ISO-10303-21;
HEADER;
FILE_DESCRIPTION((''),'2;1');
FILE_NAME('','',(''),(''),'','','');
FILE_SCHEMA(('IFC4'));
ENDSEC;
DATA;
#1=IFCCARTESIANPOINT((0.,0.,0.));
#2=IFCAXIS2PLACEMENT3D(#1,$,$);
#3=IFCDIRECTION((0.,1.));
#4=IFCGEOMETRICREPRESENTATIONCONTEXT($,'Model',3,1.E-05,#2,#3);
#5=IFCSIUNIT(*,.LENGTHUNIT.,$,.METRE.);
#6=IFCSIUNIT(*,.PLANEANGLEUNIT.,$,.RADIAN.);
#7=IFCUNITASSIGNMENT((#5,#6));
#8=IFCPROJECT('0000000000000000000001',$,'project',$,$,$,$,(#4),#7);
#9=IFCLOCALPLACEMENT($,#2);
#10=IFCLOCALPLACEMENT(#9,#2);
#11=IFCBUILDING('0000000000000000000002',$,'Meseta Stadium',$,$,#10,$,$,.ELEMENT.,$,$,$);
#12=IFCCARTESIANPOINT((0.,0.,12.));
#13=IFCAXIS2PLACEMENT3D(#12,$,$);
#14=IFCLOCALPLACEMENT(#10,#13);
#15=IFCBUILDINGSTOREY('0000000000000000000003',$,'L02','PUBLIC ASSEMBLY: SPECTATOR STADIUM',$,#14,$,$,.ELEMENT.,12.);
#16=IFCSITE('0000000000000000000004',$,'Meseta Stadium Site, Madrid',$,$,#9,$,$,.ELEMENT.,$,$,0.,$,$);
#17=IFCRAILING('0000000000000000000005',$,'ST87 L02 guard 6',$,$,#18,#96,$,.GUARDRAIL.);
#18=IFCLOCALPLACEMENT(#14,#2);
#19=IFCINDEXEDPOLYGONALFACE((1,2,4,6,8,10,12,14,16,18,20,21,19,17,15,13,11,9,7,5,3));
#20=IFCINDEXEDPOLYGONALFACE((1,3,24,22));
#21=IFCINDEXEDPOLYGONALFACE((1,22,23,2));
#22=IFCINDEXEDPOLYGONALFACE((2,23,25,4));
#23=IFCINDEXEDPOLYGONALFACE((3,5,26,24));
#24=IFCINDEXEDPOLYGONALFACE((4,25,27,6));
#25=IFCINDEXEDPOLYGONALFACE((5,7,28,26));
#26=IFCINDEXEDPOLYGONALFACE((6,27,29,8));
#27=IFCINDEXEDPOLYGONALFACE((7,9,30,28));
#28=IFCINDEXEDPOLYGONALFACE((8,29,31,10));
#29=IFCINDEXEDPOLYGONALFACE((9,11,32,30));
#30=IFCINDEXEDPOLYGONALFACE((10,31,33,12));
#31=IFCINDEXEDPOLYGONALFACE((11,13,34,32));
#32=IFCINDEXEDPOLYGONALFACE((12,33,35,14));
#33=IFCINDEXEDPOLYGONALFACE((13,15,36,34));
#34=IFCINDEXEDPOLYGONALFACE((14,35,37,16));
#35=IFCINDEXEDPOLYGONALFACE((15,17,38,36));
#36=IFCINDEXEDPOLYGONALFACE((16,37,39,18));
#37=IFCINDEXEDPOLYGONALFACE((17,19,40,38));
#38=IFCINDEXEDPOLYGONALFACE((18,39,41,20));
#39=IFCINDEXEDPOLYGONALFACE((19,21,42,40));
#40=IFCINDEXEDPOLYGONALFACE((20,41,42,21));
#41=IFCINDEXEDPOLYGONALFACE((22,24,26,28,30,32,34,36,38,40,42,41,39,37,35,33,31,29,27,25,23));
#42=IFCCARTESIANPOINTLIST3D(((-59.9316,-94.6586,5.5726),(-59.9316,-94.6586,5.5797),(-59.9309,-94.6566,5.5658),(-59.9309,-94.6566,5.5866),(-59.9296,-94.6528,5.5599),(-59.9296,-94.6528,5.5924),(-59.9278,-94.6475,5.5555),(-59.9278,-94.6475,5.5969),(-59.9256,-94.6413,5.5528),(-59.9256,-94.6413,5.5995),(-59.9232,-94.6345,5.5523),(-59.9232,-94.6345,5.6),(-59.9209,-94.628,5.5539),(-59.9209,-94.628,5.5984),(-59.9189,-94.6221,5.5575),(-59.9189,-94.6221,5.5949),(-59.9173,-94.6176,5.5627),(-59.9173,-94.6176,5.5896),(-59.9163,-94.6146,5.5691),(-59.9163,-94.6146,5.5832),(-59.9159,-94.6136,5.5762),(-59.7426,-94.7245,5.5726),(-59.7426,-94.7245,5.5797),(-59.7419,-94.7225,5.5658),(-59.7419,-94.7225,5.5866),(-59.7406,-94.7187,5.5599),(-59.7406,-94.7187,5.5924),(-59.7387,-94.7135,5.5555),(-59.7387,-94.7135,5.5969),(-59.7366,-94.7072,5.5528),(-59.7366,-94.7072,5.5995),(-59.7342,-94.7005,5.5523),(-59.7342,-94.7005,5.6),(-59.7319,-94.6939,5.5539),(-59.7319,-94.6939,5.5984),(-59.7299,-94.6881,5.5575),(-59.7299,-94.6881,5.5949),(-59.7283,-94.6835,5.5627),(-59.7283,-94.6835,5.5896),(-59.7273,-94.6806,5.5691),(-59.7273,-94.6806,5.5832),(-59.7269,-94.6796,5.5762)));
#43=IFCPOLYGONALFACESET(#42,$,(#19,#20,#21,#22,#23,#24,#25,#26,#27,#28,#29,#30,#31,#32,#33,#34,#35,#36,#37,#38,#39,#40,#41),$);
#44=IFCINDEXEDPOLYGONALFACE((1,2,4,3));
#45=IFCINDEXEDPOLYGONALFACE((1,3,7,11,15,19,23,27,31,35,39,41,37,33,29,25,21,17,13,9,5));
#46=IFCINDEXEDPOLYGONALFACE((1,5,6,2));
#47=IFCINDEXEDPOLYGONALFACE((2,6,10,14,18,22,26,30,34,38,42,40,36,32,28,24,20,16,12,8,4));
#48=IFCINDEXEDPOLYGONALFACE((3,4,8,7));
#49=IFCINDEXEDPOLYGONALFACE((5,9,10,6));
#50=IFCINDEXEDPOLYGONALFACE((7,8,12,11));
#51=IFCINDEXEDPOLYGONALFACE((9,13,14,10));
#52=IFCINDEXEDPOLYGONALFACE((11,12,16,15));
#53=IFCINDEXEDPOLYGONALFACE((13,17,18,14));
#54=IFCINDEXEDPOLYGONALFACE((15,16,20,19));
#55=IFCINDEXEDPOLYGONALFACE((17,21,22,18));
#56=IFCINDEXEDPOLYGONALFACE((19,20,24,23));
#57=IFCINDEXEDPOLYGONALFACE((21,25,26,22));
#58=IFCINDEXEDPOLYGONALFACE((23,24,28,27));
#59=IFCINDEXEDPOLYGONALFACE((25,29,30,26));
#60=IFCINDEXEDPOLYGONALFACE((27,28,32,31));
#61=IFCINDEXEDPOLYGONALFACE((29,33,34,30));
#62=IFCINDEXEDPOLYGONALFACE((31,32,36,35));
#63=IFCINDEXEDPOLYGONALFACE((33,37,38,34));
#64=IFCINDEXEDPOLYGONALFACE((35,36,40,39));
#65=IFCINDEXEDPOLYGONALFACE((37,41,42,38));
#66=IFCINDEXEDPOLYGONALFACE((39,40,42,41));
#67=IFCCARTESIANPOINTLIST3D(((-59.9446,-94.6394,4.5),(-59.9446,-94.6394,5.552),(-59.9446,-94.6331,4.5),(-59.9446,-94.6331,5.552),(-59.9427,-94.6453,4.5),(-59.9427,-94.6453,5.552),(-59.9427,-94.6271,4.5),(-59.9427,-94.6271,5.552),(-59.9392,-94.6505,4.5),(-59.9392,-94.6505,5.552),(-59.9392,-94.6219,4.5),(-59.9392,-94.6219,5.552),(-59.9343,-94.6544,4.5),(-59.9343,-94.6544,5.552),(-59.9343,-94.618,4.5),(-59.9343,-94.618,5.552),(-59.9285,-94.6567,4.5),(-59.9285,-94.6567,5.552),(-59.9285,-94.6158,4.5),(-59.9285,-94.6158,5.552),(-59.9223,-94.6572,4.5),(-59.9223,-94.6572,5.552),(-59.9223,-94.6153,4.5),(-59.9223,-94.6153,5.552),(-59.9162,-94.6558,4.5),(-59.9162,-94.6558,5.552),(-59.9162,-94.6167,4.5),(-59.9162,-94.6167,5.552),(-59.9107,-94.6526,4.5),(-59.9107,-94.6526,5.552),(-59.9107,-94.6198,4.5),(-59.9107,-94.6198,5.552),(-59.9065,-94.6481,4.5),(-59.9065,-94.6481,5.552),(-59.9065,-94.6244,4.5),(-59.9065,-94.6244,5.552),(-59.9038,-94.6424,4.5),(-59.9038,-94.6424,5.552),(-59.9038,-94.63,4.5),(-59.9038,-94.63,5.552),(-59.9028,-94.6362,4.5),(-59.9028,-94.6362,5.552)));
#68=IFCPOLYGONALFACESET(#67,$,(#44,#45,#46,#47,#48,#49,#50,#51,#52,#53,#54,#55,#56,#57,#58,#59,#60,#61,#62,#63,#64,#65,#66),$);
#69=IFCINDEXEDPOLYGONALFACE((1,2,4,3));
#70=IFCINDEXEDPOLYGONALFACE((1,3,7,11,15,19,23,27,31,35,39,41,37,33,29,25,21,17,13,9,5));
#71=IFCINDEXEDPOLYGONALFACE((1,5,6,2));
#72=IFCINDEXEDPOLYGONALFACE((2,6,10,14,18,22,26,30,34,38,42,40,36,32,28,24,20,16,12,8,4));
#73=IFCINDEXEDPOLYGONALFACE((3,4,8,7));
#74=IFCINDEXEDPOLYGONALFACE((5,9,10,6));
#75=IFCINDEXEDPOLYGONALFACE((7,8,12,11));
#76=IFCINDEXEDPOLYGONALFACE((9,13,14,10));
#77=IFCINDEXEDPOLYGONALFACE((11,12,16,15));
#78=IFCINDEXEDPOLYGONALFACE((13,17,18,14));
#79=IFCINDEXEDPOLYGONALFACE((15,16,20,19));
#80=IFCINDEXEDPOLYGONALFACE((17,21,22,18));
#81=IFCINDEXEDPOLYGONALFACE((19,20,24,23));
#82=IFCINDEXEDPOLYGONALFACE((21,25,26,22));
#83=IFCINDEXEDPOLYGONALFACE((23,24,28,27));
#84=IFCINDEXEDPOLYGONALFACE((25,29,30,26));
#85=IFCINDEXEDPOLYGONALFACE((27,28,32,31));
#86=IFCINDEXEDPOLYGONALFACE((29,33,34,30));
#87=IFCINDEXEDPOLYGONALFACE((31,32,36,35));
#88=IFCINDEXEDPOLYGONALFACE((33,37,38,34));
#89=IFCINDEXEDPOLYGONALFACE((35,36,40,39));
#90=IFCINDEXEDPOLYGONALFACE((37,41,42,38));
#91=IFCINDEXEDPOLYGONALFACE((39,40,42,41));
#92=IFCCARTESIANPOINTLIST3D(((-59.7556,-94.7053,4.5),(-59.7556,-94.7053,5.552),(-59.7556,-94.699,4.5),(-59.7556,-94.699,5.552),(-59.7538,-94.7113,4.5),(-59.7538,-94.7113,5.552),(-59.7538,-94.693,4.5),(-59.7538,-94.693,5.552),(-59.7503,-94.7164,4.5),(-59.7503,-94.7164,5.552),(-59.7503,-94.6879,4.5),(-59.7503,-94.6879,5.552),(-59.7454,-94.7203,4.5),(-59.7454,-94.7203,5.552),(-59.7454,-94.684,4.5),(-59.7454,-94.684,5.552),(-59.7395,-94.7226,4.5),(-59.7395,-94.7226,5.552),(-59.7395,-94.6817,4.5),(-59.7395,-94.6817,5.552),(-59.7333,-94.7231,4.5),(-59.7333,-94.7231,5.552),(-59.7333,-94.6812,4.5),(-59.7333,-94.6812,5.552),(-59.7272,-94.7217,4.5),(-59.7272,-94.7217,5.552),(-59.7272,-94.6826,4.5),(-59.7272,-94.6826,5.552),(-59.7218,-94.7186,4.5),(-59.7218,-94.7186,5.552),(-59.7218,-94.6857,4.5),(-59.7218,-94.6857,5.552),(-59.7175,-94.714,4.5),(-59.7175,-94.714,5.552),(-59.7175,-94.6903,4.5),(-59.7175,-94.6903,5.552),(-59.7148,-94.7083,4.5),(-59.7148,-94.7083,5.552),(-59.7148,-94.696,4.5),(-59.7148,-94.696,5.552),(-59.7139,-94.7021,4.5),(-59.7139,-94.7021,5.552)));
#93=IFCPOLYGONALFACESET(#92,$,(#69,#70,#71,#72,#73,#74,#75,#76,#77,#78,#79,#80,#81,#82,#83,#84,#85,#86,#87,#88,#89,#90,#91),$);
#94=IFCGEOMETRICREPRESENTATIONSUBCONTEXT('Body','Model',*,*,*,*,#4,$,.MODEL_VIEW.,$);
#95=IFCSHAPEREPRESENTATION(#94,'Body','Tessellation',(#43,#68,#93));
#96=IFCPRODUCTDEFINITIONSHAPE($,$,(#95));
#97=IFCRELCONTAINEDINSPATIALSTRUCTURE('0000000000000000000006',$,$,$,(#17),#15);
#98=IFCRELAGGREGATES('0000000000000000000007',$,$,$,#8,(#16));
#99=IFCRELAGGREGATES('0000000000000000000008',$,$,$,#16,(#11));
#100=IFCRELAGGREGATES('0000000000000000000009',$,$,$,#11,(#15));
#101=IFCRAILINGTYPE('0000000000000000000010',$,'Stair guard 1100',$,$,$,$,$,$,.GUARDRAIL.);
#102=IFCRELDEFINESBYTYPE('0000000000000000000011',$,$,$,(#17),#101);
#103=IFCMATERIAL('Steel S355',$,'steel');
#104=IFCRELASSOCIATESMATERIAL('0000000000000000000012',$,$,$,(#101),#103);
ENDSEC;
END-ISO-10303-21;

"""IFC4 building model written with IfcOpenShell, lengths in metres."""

from ifc_helpers import new_model, si_unit, direction, frame, origin, origin_2d, place, context, subcontext, project, spatial, circle, extrude, material, type_object, element, save


model = new_model("IFC4")

# Units and contexts
model_context = context("Model", 3, precision=1e-05, world=origin(), true_north=direction((0.0, 1.0)))
body_context = subcontext(model_context, "Body", "Model", "MODEL_VIEW")
ifc_project = project(units=[si_unit("LENGTHUNIT", "METRE"), si_unit("PLANEANGLEUNIT", "RADIAN")], contexts=[model_context])

# Site, building, storey
site_placement = place(None, origin())
site = spatial("IfcSite", under=ifc_project, at=site_placement, Name="Meseta Stadium Site, Madrid", CompositionType="ELEMENT", RefElevation=0.0)
building_placement = place(site_placement, origin())
building = spatial("IfcBuilding", under=site, at=building_placement, Name="Meseta Stadium", CompositionType="ELEMENT")
storey_placement = place(building_placement, frame((0.0, 0.0, 12.0)))
storey = spatial("IfcBuildingStorey", under=building, at=storey_placement, Name="L02", Description="PUBLIC ASSEMBLY: SPECTATOR STADIUM", CompositionType="ELEMENT", Elevation=12.0)

# Railing
ifc_material_1 = material(Name="Steel S355", Category="steel")
railing_type_1 = type_object("IfcRailingType", Name="Stair guard 1100", PredefinedType="GUARDRAIL", material=ifc_material_1)
railing_1_placement = place(storey_placement, frame((-59.9238, -94.6362, 4.5)))
element("IfcRailing", 1, at=railing_1_placement, inside=storey, type_object=railing_type_1, Name="ST87 L02 guard 6", PredefinedType="GUARDRAIL", context=body_context, shape_type="SweptSolid", body=[
    extrude(circle(Radius=0.0239, at=origin_2d()), frame((0.0, 0.0, 1.0762), z_axis=(0.9442, -0.329372, 0.0), x_axis=(0.329372, 0.9442, 0.0)), (0.0, 0.0, 1.0), 0.2002),
    extrude(circle(Radius=0.021, at=origin_2d()), origin(), (0.0, 0.0, 1.0), 1.052),
    extrude(circle(Radius=0.021, at=origin_2d()), frame((0.189, -0.0659, 0.0)), (0.0, 0.0, 1.0), 1.052),
])

save(model, "model.ifc")
